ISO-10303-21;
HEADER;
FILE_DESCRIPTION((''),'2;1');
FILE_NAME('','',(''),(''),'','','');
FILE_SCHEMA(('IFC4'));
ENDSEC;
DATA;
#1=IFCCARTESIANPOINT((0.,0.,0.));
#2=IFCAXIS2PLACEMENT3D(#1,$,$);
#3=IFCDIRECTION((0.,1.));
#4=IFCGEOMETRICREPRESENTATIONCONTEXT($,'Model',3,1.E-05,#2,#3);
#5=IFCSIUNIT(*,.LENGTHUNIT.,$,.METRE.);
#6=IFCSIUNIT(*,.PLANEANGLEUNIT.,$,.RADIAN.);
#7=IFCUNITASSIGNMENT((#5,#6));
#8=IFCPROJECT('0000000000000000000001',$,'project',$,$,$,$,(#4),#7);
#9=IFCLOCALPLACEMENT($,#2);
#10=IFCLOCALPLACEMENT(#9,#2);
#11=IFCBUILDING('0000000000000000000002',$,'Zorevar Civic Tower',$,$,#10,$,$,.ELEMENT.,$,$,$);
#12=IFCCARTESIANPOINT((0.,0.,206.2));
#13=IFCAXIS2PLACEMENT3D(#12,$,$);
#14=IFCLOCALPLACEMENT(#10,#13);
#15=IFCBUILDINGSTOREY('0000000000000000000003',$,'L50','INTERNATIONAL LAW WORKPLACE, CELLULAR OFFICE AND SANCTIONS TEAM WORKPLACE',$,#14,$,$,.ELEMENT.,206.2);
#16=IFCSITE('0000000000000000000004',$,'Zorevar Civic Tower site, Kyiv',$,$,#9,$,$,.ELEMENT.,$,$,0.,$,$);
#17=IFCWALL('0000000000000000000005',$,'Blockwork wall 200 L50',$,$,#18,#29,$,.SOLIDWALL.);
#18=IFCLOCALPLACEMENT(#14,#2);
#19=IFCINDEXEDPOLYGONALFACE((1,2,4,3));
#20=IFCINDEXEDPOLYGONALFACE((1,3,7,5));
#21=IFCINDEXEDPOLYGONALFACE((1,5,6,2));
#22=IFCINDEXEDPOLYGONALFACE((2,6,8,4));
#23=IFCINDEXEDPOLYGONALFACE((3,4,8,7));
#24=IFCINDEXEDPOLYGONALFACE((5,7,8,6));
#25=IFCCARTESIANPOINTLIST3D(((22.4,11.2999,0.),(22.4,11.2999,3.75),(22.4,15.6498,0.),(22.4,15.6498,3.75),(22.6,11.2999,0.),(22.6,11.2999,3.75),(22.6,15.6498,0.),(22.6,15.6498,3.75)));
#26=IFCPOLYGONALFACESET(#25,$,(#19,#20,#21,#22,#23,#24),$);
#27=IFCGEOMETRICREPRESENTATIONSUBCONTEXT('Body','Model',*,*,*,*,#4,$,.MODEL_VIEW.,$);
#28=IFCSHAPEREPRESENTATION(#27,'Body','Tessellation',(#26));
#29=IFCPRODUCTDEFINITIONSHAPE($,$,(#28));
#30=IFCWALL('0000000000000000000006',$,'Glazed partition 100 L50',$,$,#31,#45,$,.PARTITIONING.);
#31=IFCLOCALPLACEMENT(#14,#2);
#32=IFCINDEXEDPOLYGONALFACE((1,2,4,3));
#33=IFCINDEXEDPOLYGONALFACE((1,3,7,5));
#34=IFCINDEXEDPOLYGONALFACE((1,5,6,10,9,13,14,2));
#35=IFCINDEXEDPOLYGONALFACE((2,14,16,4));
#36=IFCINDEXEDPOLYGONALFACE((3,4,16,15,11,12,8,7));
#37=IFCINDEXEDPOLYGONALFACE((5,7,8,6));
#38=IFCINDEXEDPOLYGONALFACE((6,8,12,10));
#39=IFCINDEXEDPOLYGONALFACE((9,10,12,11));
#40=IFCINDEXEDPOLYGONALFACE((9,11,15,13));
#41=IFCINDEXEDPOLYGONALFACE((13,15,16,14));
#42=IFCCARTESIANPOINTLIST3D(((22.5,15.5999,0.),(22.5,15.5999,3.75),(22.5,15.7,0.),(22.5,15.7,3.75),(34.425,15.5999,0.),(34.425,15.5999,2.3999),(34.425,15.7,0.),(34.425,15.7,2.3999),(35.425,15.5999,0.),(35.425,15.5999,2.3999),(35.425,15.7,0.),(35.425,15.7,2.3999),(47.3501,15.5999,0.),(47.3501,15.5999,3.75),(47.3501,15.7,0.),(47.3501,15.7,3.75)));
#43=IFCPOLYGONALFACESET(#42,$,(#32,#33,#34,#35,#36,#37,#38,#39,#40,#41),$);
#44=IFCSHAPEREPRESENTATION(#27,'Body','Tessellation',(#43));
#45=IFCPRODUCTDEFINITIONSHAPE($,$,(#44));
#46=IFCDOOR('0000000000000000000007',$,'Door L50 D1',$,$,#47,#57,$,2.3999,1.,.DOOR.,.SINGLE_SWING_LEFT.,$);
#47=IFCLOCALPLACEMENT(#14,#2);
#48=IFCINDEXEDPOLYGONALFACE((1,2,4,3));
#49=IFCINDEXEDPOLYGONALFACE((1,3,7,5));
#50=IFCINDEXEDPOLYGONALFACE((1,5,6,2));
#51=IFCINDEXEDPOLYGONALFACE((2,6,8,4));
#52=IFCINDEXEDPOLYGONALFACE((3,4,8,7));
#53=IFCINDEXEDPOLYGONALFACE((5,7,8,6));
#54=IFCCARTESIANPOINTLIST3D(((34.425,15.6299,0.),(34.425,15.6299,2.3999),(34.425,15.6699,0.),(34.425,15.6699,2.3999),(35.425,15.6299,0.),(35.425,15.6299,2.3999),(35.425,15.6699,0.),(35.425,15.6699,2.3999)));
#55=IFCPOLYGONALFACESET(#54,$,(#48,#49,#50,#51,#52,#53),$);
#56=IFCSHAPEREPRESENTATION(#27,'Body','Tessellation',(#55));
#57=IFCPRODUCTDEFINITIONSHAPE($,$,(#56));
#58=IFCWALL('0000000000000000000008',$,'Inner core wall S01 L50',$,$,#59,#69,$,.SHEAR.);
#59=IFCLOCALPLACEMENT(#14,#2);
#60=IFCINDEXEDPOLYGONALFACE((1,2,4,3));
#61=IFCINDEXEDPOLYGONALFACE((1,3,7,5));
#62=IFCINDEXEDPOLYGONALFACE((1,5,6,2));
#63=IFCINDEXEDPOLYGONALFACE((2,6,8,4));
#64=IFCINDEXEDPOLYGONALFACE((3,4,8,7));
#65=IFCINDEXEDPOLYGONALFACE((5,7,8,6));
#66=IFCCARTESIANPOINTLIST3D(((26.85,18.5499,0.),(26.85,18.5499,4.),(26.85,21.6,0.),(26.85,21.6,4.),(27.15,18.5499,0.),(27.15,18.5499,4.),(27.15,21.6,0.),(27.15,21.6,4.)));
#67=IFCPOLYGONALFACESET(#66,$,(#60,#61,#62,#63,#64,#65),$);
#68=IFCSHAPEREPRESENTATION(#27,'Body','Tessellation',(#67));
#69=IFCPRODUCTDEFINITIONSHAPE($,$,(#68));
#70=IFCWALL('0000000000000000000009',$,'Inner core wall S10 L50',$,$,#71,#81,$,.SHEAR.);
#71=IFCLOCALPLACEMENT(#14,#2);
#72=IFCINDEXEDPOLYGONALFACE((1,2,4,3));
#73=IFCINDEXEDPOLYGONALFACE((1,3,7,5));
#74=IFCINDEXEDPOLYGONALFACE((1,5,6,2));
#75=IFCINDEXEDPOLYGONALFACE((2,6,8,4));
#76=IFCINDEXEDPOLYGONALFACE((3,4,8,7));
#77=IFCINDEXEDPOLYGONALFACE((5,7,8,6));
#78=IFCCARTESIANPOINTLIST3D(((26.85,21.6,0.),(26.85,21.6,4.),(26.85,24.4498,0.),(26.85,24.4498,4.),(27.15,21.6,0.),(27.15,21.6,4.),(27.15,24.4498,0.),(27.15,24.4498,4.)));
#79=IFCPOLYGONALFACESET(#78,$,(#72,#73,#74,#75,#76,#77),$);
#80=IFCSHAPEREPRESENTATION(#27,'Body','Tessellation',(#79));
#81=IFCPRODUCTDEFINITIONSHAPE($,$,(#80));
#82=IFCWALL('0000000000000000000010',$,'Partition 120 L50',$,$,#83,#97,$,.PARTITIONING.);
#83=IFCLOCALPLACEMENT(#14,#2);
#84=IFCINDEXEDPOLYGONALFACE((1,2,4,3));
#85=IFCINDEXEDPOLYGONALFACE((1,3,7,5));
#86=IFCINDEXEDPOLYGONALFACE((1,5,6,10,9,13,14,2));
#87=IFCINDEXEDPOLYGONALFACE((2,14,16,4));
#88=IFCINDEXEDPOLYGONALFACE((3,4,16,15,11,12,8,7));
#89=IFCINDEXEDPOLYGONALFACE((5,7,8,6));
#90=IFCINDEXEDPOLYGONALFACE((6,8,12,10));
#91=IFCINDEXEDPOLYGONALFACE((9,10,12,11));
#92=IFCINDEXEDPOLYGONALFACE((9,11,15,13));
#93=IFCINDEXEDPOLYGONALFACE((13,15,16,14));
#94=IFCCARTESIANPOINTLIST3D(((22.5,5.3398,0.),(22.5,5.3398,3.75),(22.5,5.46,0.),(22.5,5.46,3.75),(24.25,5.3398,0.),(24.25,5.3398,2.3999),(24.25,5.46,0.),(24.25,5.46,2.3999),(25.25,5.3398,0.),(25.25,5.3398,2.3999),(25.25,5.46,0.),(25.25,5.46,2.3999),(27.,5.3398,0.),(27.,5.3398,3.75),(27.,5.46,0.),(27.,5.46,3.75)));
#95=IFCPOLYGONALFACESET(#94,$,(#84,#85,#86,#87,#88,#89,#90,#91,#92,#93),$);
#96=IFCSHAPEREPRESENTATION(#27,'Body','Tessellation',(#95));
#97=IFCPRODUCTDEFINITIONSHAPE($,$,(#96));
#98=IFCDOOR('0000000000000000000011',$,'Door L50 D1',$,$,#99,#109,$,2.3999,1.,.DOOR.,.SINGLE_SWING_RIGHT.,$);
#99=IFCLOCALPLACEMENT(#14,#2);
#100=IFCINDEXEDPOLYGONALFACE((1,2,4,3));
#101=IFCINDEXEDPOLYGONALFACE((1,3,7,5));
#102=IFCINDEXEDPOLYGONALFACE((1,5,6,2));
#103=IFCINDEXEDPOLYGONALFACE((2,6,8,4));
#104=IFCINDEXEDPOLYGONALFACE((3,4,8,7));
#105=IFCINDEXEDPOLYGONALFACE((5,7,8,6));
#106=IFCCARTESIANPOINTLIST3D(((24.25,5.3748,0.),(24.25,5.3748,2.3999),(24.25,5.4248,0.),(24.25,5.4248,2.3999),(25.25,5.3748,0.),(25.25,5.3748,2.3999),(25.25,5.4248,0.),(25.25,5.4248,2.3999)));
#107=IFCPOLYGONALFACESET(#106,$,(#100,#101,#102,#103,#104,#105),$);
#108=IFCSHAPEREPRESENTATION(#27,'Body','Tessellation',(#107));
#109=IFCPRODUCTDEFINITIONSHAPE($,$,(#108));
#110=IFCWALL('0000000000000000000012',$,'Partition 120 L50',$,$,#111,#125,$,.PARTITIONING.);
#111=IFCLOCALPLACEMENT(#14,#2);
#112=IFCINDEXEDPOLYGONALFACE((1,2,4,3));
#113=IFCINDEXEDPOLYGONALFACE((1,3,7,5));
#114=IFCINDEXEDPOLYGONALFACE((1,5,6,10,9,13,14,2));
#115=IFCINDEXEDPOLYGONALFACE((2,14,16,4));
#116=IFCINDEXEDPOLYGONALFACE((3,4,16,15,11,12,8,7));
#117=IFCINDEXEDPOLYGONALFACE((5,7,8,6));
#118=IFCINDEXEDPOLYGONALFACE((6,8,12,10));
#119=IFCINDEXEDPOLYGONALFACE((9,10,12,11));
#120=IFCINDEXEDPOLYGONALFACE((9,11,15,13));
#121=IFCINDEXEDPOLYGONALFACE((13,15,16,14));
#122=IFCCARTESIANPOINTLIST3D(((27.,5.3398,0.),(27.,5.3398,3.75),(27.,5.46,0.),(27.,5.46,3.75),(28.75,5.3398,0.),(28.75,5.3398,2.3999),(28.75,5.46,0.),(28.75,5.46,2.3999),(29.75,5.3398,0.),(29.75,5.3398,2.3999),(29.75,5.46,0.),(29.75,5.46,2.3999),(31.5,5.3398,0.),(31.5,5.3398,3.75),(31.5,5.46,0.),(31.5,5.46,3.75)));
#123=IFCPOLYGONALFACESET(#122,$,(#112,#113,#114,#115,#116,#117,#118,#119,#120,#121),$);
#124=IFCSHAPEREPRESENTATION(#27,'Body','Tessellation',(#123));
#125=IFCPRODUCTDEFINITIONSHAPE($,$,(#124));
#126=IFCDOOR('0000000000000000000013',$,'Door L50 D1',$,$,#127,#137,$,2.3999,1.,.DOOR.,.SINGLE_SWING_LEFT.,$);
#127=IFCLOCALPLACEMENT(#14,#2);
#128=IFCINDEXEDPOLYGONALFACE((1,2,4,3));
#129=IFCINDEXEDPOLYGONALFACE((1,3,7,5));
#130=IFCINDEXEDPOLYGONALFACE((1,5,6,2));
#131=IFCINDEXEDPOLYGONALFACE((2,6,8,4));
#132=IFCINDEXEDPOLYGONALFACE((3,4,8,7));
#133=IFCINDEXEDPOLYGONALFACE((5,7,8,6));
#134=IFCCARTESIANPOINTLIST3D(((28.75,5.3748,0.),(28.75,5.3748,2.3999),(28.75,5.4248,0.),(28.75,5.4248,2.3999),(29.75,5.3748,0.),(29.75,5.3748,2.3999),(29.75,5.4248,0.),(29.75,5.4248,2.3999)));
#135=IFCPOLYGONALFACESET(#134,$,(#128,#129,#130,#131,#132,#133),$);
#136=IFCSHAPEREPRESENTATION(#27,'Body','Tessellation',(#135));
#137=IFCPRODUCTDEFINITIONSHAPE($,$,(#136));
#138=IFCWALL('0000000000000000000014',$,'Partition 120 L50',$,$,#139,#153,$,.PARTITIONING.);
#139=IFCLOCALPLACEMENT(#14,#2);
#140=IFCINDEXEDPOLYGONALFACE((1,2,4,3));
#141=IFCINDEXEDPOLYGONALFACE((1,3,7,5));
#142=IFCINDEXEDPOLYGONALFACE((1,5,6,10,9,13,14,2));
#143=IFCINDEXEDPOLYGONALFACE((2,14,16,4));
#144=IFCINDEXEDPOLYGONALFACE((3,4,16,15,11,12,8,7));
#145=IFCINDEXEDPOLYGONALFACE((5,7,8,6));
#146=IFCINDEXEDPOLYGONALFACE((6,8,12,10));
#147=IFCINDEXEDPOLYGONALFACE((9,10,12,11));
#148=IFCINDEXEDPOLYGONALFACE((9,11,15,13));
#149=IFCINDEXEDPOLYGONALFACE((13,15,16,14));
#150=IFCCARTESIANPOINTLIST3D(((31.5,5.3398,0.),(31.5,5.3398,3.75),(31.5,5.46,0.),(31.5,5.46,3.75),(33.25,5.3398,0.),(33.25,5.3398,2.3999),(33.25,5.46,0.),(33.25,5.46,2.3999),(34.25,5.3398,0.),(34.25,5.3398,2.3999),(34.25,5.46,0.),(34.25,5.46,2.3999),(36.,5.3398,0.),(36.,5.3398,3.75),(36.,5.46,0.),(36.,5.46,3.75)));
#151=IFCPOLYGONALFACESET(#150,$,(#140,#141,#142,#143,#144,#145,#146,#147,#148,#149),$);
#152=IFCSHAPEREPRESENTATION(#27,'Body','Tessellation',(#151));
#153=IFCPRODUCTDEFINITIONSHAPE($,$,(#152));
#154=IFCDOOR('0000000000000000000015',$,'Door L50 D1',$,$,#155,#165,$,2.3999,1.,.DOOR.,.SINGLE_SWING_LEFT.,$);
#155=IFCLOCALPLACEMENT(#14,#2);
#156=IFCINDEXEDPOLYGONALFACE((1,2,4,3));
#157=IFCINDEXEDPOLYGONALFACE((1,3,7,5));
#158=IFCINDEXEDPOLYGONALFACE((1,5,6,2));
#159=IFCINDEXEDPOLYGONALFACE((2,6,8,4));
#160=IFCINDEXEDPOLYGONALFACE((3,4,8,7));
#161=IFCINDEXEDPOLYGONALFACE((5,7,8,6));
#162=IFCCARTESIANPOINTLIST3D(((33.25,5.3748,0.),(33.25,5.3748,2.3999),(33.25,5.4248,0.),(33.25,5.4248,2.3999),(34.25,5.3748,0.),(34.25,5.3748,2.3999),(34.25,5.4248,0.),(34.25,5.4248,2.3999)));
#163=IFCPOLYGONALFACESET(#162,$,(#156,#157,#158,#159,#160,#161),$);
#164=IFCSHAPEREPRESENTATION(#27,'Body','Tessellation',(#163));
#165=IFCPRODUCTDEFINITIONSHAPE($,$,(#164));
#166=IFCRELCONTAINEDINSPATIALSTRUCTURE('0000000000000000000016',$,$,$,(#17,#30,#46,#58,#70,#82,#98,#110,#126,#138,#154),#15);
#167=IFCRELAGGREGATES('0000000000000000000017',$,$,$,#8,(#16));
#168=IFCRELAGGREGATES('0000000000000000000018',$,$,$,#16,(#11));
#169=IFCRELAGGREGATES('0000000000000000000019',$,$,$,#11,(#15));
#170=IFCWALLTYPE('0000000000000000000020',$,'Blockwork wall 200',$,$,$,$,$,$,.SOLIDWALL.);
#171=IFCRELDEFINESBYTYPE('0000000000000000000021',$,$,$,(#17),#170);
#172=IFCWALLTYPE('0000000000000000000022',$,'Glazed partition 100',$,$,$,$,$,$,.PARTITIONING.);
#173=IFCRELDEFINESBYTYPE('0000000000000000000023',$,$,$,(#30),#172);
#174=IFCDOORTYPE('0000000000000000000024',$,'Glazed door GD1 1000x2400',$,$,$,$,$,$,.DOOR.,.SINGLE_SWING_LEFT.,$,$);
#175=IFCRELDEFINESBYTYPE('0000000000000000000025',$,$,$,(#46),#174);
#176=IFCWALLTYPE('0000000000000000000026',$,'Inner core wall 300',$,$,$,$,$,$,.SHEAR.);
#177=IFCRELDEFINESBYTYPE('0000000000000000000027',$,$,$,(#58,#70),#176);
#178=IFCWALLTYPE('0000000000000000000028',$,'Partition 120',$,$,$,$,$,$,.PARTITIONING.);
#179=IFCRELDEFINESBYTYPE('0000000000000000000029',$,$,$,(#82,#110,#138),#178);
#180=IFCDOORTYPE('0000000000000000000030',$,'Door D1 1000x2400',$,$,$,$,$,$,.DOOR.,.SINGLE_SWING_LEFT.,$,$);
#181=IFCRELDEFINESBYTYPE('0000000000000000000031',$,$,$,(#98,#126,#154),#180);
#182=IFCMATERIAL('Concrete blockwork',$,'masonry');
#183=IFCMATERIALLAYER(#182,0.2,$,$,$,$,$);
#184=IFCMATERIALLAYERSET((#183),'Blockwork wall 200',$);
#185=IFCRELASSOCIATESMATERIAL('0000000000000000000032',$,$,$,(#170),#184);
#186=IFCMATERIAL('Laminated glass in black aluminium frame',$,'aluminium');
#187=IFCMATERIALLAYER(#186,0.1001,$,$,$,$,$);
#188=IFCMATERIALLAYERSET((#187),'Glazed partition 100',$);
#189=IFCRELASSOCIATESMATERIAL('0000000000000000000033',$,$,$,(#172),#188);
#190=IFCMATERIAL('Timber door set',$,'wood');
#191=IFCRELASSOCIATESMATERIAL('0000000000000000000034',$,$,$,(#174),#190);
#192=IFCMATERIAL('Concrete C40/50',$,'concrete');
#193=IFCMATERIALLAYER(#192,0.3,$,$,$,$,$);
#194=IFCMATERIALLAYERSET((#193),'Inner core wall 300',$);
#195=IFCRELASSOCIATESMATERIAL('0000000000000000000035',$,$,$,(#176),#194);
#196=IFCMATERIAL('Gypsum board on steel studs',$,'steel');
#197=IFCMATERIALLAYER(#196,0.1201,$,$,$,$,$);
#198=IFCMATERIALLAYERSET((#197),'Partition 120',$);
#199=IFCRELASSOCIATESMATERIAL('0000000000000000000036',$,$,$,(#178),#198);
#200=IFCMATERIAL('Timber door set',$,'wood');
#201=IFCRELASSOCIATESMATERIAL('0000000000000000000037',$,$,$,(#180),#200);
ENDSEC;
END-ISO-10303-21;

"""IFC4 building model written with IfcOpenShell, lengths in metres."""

from ifc_helpers import new_model, si_unit, direction, frame, frame_2d, origin, place, context, subcontext, project, spatial, rectangle, extrude, material, layer, layer_set, type_object, element, fill, save


model = new_model("IFC4")

# Units and contexts
model_context = context("Model", 3, precision=1e-05, world=origin(), true_north=direction((0.0, 1.0)))
body_context = subcontext(model_context, "Body", "Model", "MODEL_VIEW")
ifc_project = project(units=[si_unit("LENGTHUNIT", "METRE"), si_unit("PLANEANGLEUNIT", "RADIAN")], contexts=[model_context])

# Site, building, storey
site_placement = place(None, origin())
site = spatial("IfcSite", under=ifc_project, at=site_placement, Name="Zorevar Civic Tower site, Kyiv", CompositionType="ELEMENT", RefElevation=0.0)
building_placement = place(site_placement, origin())
building = spatial("IfcBuilding", under=site, at=building_placement, Name="Zorevar Civic Tower", CompositionType="ELEMENT")
storey_placement = place(building_placement, frame((0.0, 0.0, 206.2)))
storey = spatial("IfcBuildingStorey", under=building, at=storey_placement, Name="L50", Description="INTERNATIONAL LAW WORKPLACE, CELLULAR OFFICE AND SANCTIONS TEAM WORKPLACE", CompositionType="ELEMENT", Elevation=206.2)

# Wall
ifc_material_1 = material(Name="Concrete blockwork", Category="masonry")
ifc_layer_1 = layer(ifc_material_1, 0.2)
ifc_layer_set_1 = layer_set([ifc_layer_1], Name="Blockwork wall 200")
wall_type_1 = type_object("IfcWallType", Name="Blockwork wall 200", PredefinedType="SOLIDWALL", material=ifc_layer_set_1)
wall_1_placement = place(storey_placement, frame((22.5, 11.3, 0.0), z_axis=(0.0, 0.0, 1.0), x_axis=(0.0, 1.0, 0.0)))
element("IfcWall", 1, at=wall_1_placement, inside=storey, type_object=wall_type_1, Name="Blockwork wall 200 L50", PredefinedType="SOLIDWALL", context=body_context, shape_type="SweptSolid", body=[
    extrude(rectangle(XDim=4.3499, YDim=0.2, at=frame_2d((2.1748, 0.0))), origin(), (0.0, 0.0, 1.0), 3.75),
])

# Wall, opening, door
ifc_material_2 = material(Name="Laminated glass in black aluminium frame", Category="aluminium")
ifc_layer_2 = layer(ifc_material_2, 0.1001)
ifc_layer_set_2 = layer_set([ifc_layer_2], Name="Glazed partition 100")
wall_type_2 = type_object("IfcWallType", Name="Glazed partition 100", PredefinedType="PARTITIONING", material=ifc_layer_set_2)
wall_2_placement = place(storey_placement, frame((22.5, 15.6499, 0.0), z_axis=(0.0, 0.0, 1.0), x_axis=(1.0, 0.0, 0.0)))
wall_2 = element("IfcWall", 2, at=wall_2_placement, inside=storey, type_object=wall_type_2, Name="Glazed partition 100 L50", PredefinedType="PARTITIONING", context=body_context, shape_type="SweptSolid", body=[
    extrude(rectangle(XDim=24.8501, YDim=0.1001, at=frame_2d((12.425, 0.0))), origin(), (0.0, 0.0, 1.0), 3.75),
])
opening_1_placement = place(wall_2_placement, frame((11.925, 0.0, 0.0)))
opening_1 = element("IfcOpeningElement", 3, at=opening_1_placement, cuts=wall_2, PredefinedType="OPENING", context=body_context, shape_type="SweptSolid", body=[
    extrude(rectangle(XDim=1.0, YDim=2.3999, at=frame_2d((0.5, 1.2))), frame((0.0, 0.0601, 0.0), z_axis=(0.0, -1.0, 0.0), x_axis=(1.0, 0.0, 0.0)), (0.0, 0.0, 1.0), 0.1201),
])
ifc_material_3 = material(Name="Timber door set", Category="wood")
door_type_1 = type_object("IfcDoorType", Name="Glazed door GD1 1000x2400", OperationType="SINGLE_SWING_LEFT", PredefinedType="DOOR", material=ifc_material_3)
door_1_placement = place(opening_1_placement, origin())
door_1 = element("IfcDoor", 4, at=door_1_placement, inside=storey, type_object=door_type_1, Name="Door L50 D1", OperationType="SINGLE_SWING_LEFT", OverallHeight=2.3999, OverallWidth=1.0, PredefinedType="DOOR", context=body_context, shape_type="SweptSolid", body=[
    extrude(rectangle(XDim=1.0, YDim=2.3999, at=frame_2d((0.5, 1.2))), frame((0.0, 0.02, 0.0), z_axis=(0.0, -1.0, 0.0), x_axis=(1.0, 0.0, 0.0)), (0.0, 0.0, 1.0), 0.04),
])
fill(opening_1, door_1)

# Walls
ifc_material_4 = material(Name="Concrete C40/50", Category="concrete")
ifc_layer_3 = layer(ifc_material_4, 0.3)
ifc_layer_set_3 = layer_set([ifc_layer_3], Name="Inner core wall 300")
wall_type_3 = type_object("IfcWallType", Name="Inner core wall 300", PredefinedType="SHEAR", material=ifc_layer_set_3)
wall_3_placement = place(storey_placement, frame((27.0, 18.55, 0.0), z_axis=(0.0, 0.0, 1.0), x_axis=(0.0, 1.0, 0.0)))
element("IfcWall", 5, at=wall_3_placement, inside=storey, type_object=wall_type_3, Name="Inner core wall S01 L50", PredefinedType="SHEAR", context=body_context, shape_type="SweptSolid", body=[
    extrude(rectangle(XDim=3.05, YDim=0.3, at=frame_2d((1.5249, 0.0))), origin(), (0.0, 0.0, 1.0), 4.0),
])
wall_4_placement = place(storey_placement, frame((27.0, 21.6001, 0.0), z_axis=(0.0, 0.0, 1.0), x_axis=(0.0, 1.0, 0.0)))
element("IfcWall", 6, at=wall_4_placement, inside=storey, type_object=wall_type_3, Name="Inner core wall S10 L50", PredefinedType="SHEAR", context=body_context, shape_type="SweptSolid", body=[
    extrude(rectangle(XDim=2.8499, YDim=0.3, at=frame_2d((1.4248, 0.0))), origin(), (0.0, 0.0, 1.0), 4.0),
])

# Walls, openings, doors
ifc_material_5 = material(Name="Gypsum board on steel studs", Category="steel")
ifc_layer_4 = layer(ifc_material_5, 0.1201)
ifc_layer_set_4 = layer_set([ifc_layer_4], Name="Partition 120")
wall_type_4 = type_object("IfcWallType", Name="Partition 120", PredefinedType="PARTITIONING", material=ifc_layer_set_4)
wall_5_placement = place(storey_placement, frame((22.5, 5.3999, 0.0), z_axis=(0.0, 0.0, 1.0), x_axis=(1.0, 0.0, 0.0)))
wall_5 = element("IfcWall", 7, at=wall_5_placement, inside=storey, type_object=wall_type_4, Name="Partition 120 L50", PredefinedType="PARTITIONING", context=body_context, shape_type="SweptSolid", body=[
    extrude(rectangle(XDim=4.5, YDim=0.1201, at=frame_2d((2.25, 0.0))), origin(), (0.0, 0.0, 1.0), 3.75),
])
opening_2_placement = place(wall_5_placement, frame((1.75, 0.0, 0.0)))
opening_2 = element("IfcOpeningElement", 8, at=opening_2_placement, cuts=wall_5, PredefinedType="OPENING", context=body_context, shape_type="SweptSolid", body=[
    extrude(rectangle(XDim=1.0, YDim=2.3999, at=frame_2d((0.5, 1.2))), frame((0.0, 0.0701, 0.0), z_axis=(0.0, -1.0, 0.0), x_axis=(1.0, 0.0, 0.0)), (0.0, 0.0, 1.0), 0.1401),
])
ifc_material_6 = material(Name="Timber door set", Category="wood")
door_type_2 = type_object("IfcDoorType", Name="Door D1 1000x2400", OperationType="SINGLE_SWING_LEFT", PredefinedType="DOOR", material=ifc_material_6)
door_2_placement = place(opening_2_placement, origin())
door_2 = element("IfcDoor", 9, at=door_2_placement, inside=storey, type_object=door_type_2, Name="Door L50 D1", OperationType="SINGLE_SWING_RIGHT", OverallHeight=2.3999, OverallWidth=1.0, PredefinedType="DOOR", context=body_context, shape_type="SweptSolid", body=[
    extrude(rectangle(XDim=1.0, YDim=2.3999, at=frame_2d((0.5, 1.2))), frame((0.0, 0.0249, 0.0), z_axis=(0.0, -1.0, 0.0), x_axis=(1.0, 0.0, 0.0)), (0.0, 0.0, 1.0), 0.05),
])
fill(opening_2, door_2)
wall_6_placement = place(storey_placement, frame((27.0, 5.3999, 0.0), z_axis=(0.0, 0.0, 1.0), x_axis=(1.0, 0.0, 0.0)))
wall_6 = element("IfcWall", 10, at=wall_6_placement, inside=storey, type_object=wall_type_4, Name="Partition 120 L50", PredefinedType="PARTITIONING", context=body_context, shape_type="SweptSolid", body=[
    extrude(rectangle(XDim=4.5, YDim=0.1201, at=frame_2d((2.25, 0.0))), origin(), (0.0, 0.0, 1.0), 3.75),
])
opening_3_placement = place(wall_6_placement, frame((1.75, 0.0, 0.0)))
opening_3 = element("IfcOpeningElement", 11, at=opening_3_placement, cuts=wall_6, PredefinedType="OPENING", context=body_context, shape_type="SweptSolid", body=[
    extrude(rectangle(XDim=1.0, YDim=2.3999, at=frame_2d((0.5, 1.2))), frame((0.0, 0.0701, 0.0), z_axis=(0.0, -1.0, 0.0), x_axis=(1.0, 0.0, 0.0)), (0.0, 0.0, 1.0), 0.1401),
])
door_3_placement = place(opening_3_placement, origin())
door_3 = element("IfcDoor", 12, at=door_3_placement, inside=storey, type_object=door_type_2, Name="Door L50 D1", OperationType="SINGLE_SWING_LEFT", OverallHeight=2.3999, OverallWidth=1.0, PredefinedType="DOOR", context=body_context, shape_type="SweptSolid", body=[
    extrude(rectangle(XDim=1.0, YDim=2.3999, at=frame_2d((0.5, 1.2))), frame((0.0, 0.0249, 0.0), z_axis=(0.0, -1.0, 0.0), x_axis=(1.0, 0.0, 0.0)), (0.0, 0.0, 1.0), 0.05),
])
fill(opening_3, door_3)
wall_7_placement = place(storey_placement, frame((31.5, 5.3999, 0.0), z_axis=(0.0, 0.0, 1.0), x_axis=(1.0, 0.0, 0.0)))
wall_7 = element("IfcWall", 13, at=wall_7_placement, inside=storey, type_object=wall_type_4, Name="Partition 120 L50", PredefinedType="PARTITIONING", context=body_context, shape_type="SweptSolid", body=[
    extrude(rectangle(XDim=4.5, YDim=0.1201, at=frame_2d((2.25, 0.0))), origin(), (0.0, 0.0, 1.0), 3.75),
])
opening_4_placement = place(wall_7_placement, frame((1.75, 0.0, 0.0)))
opening_4 = element("IfcOpeningElement", 14, at=opening_4_placement, cuts=wall_7, PredefinedType="OPENING", context=body_context, shape_type="SweptSolid", body=[
    extrude(rectangle(XDim=1.0, YDim=2.3999, at=frame_2d((0.5, 1.2))), frame((0.0, 0.0701, 0.0), z_axis=(0.0, -1.0, 0.0), x_axis=(1.0, 0.0, 0.0)), (0.0, 0.0, 1.0), 0.1401),
])
door_4_placement = place(opening_4_placement, origin())
door_4 = element("IfcDoor", 15, at=door_4_placement, inside=storey, type_object=door_type_2, Name="Door L50 D1", OperationType="SINGLE_SWING_LEFT", OverallHeight=2.3999, OverallWidth=1.0, PredefinedType="DOOR", context=body_context, shape_type="SweptSolid", body=[
    extrude(rectangle(XDim=1.0, YDim=2.3999, at=frame_2d((0.5, 1.2))), frame((0.0, 0.0249, 0.0), z_axis=(0.0, -1.0, 0.0), x_axis=(1.0, 0.0, 0.0)), (0.0, 0.0, 1.0), 0.05),
])
fill(opening_4, door_4)

save(model, "model.ifc")
